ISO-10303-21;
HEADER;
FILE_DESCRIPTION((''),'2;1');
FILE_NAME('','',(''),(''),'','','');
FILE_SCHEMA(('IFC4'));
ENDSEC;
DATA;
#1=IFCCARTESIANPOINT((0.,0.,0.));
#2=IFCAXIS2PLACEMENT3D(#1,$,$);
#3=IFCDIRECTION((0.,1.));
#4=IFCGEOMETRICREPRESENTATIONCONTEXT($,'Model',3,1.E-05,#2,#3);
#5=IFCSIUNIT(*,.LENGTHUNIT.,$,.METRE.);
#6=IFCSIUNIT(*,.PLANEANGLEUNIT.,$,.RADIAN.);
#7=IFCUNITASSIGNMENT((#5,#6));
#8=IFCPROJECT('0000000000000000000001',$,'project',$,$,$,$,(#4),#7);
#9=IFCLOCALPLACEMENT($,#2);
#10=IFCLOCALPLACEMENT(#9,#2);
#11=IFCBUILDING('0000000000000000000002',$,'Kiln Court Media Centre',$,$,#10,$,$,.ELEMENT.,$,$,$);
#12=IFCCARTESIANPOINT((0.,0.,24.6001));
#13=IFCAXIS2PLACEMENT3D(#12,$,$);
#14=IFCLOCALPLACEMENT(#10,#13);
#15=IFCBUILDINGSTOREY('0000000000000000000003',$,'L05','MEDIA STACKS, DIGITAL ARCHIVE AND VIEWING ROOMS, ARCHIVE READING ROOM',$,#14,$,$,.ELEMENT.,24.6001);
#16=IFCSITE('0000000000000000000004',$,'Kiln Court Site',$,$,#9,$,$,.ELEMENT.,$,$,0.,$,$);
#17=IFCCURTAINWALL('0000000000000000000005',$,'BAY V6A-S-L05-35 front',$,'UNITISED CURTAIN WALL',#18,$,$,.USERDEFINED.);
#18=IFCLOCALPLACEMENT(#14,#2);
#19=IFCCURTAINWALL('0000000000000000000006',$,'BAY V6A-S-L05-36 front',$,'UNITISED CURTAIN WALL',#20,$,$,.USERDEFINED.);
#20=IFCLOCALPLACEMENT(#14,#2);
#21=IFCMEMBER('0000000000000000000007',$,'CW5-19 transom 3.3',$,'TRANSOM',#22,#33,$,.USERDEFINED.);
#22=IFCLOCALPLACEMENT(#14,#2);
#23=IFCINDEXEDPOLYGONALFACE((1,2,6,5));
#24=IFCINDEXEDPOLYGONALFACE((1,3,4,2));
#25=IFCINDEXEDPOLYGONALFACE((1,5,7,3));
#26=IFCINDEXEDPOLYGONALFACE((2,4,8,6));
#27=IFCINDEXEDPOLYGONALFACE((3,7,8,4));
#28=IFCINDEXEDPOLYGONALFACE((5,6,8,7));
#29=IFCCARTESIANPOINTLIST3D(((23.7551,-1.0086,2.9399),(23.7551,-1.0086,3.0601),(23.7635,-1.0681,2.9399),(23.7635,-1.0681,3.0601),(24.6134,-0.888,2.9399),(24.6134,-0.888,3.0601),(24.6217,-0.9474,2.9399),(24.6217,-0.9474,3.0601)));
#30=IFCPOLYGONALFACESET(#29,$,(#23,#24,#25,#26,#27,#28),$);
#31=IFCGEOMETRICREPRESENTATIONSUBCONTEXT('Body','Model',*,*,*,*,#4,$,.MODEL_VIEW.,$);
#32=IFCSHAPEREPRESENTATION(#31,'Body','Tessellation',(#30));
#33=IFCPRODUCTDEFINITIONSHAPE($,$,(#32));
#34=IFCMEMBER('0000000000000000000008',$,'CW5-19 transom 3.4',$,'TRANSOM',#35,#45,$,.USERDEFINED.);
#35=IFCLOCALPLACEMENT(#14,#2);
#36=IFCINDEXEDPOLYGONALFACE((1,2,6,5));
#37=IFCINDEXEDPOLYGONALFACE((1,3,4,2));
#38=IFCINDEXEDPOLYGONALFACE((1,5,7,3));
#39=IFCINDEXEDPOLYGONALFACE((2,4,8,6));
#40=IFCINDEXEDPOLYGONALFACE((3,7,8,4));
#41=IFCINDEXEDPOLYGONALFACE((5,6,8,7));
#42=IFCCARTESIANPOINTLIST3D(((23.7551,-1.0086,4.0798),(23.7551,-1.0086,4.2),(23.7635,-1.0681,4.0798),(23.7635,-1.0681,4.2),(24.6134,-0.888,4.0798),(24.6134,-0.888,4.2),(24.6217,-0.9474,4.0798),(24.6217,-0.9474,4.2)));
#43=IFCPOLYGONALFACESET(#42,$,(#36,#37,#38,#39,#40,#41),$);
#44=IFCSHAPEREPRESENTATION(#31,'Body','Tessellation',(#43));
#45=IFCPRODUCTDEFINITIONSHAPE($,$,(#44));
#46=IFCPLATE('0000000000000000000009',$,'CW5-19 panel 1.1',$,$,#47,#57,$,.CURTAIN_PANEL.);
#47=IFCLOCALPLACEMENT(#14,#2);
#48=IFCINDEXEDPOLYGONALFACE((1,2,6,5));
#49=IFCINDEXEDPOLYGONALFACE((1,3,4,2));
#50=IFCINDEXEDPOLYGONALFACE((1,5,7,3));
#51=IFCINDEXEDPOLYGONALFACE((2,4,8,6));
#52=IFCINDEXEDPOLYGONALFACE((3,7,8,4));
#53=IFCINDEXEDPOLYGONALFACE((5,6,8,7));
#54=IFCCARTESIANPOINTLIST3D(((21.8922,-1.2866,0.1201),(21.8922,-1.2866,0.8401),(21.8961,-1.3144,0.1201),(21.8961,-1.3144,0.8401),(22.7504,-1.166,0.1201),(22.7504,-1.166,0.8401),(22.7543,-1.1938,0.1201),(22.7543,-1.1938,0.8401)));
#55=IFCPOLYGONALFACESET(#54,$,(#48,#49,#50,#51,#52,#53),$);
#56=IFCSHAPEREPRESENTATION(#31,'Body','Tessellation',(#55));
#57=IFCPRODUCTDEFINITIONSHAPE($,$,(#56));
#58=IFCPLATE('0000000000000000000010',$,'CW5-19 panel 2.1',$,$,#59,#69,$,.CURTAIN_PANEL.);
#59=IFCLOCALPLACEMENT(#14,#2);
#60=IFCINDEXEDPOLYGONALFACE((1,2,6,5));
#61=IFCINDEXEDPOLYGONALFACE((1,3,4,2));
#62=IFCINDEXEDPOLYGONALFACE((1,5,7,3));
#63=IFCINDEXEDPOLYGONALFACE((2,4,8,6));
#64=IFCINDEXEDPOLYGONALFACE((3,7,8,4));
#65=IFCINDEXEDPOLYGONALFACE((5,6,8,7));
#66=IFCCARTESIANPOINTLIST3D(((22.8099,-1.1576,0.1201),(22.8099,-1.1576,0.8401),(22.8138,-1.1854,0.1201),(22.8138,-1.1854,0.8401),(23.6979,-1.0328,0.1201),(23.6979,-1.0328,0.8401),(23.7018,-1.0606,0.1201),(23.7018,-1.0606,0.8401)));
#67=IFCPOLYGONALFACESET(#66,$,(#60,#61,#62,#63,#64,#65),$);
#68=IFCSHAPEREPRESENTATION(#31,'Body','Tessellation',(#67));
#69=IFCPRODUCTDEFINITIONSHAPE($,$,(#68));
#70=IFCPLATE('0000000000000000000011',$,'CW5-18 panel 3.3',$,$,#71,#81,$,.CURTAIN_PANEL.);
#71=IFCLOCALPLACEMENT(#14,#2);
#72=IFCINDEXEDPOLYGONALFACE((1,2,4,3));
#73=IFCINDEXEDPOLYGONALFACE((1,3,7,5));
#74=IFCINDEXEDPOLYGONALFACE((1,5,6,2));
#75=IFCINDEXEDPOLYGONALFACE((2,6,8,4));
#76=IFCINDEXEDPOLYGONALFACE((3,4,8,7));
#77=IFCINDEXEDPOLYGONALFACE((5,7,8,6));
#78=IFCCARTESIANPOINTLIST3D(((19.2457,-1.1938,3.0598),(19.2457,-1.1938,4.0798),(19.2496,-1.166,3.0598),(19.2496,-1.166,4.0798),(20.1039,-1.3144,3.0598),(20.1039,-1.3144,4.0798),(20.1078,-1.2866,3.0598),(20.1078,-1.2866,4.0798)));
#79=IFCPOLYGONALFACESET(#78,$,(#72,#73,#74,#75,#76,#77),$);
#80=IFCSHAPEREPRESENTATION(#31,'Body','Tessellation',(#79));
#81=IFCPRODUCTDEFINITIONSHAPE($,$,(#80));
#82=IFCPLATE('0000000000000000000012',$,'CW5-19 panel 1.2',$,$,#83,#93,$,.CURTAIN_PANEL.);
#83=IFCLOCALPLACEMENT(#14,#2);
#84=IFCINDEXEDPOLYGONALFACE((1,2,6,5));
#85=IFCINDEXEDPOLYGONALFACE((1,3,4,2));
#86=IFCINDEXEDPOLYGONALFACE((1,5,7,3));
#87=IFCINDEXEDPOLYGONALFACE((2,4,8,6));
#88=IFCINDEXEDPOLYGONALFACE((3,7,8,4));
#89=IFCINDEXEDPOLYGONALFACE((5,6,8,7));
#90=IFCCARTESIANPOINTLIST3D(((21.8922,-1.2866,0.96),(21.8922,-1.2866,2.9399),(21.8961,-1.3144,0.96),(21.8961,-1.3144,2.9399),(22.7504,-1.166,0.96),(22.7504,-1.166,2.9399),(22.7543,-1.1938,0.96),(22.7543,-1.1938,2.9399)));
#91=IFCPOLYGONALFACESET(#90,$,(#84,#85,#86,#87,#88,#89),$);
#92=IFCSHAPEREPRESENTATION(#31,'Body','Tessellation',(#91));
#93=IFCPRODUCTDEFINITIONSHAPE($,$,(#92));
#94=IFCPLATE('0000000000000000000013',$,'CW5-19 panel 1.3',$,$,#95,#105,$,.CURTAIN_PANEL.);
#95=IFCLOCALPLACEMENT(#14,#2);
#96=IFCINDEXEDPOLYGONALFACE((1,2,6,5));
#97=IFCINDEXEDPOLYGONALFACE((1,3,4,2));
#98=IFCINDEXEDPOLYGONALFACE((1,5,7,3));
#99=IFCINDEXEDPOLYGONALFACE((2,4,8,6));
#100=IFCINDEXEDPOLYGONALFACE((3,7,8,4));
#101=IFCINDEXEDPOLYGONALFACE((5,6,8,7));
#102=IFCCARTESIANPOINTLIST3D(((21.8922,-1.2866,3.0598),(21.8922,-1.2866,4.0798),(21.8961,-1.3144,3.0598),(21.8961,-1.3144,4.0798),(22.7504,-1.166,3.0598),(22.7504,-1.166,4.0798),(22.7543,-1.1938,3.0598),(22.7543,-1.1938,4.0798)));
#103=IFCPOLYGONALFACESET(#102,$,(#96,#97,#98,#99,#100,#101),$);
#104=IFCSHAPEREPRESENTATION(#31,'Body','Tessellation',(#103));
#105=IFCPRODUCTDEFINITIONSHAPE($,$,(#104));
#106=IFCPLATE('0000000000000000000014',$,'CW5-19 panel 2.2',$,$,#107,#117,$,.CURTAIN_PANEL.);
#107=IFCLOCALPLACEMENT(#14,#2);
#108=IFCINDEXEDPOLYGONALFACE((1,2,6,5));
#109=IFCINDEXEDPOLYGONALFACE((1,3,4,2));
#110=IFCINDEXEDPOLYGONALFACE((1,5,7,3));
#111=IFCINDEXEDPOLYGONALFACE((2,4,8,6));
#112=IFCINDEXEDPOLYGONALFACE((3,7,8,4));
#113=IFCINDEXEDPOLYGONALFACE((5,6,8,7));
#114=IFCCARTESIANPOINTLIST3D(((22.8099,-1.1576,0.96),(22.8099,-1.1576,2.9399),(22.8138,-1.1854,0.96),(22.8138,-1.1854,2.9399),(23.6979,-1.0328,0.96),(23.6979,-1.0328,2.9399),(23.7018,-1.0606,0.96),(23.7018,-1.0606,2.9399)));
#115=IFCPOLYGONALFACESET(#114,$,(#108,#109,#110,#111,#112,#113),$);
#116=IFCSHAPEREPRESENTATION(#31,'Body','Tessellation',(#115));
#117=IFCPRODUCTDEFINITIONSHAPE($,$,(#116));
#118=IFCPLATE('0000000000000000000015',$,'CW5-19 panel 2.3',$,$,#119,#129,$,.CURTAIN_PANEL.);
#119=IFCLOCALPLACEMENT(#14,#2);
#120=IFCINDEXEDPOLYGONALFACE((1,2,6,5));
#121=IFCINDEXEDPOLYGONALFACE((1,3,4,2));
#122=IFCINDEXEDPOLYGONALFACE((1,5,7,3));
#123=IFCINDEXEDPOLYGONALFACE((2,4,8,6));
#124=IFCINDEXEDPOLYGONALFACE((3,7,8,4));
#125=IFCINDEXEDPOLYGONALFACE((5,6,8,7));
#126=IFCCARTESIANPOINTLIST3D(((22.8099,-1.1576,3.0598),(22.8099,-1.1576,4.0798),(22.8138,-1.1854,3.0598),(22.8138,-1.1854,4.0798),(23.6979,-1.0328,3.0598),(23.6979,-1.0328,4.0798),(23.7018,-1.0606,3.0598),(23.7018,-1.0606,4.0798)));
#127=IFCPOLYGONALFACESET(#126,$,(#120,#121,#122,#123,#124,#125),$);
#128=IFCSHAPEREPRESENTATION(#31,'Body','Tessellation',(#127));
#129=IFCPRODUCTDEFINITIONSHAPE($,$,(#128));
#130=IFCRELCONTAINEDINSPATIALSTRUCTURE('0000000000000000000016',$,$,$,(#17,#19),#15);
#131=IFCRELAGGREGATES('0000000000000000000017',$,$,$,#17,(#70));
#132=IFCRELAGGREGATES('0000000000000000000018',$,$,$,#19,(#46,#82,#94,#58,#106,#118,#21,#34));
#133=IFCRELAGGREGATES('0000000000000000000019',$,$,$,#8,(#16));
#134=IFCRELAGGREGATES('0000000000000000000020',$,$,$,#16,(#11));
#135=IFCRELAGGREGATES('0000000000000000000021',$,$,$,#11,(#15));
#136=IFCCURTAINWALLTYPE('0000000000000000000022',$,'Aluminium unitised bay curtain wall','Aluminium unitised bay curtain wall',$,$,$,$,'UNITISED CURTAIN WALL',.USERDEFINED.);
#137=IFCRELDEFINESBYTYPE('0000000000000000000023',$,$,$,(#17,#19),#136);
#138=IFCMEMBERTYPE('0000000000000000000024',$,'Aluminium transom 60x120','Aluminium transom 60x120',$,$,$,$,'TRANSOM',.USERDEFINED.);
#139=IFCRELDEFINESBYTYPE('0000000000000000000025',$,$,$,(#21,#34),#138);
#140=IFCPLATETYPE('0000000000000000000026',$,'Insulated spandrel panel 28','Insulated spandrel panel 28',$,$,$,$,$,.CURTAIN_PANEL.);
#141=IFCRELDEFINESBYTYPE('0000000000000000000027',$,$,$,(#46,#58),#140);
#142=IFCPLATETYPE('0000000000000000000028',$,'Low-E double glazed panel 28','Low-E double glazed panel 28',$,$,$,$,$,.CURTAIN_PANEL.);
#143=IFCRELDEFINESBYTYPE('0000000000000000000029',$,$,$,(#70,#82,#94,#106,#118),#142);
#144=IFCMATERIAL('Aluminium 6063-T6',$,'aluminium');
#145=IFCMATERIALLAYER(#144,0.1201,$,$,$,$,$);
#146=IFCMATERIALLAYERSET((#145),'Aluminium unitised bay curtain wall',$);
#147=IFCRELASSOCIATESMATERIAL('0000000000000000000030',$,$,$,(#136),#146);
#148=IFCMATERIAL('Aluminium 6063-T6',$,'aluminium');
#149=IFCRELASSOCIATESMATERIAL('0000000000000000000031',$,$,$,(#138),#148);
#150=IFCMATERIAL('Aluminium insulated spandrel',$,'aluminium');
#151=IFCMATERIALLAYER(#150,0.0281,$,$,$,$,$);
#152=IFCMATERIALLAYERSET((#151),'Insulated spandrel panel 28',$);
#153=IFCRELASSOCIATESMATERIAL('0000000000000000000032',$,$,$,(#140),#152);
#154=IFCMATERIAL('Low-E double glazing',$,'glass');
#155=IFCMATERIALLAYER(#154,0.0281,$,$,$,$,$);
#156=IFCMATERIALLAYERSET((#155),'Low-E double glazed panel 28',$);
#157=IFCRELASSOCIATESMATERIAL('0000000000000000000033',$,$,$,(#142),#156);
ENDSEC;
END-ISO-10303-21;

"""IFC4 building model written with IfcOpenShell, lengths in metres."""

from ifc_helpers import new_model, si_unit, direction, frame, origin, origin_2d, place, context, subcontext, project, spatial, rectangle, extrude, material, layer, layer_set, material_profile, profile_set, type_object, element, aggregate, save


model = new_model("IFC4")

# Units and contexts
model_context = context("Model", 3, precision=1e-05, world=origin(), true_north=direction((0.0, 1.0)))
body_context = subcontext(model_context, "Body", "Model", "MODEL_VIEW")
ifc_project = project(units=[si_unit("LENGTHUNIT", "METRE"), si_unit("PLANEANGLEUNIT", "RADIAN")], contexts=[model_context])

# Site, building, storey
site_placement = place(None, origin())
site = spatial("IfcSite", under=ifc_project, at=site_placement, Name="Kiln Court Site", CompositionType="ELEMENT", RefElevation=0.0)
building_placement = place(site_placement, origin())
building = spatial("IfcBuilding", under=site, at=building_placement, Name="Kiln Court Media Centre", CompositionType="ELEMENT")
storey_placement = place(building_placement, frame((0.0, 0.0, 24.6001)))
storey = spatial("IfcBuildingStorey", under=building, at=storey_placement, Name="L05", Description="MEDIA STACKS, DIGITAL ARCHIVE AND VIEWING ROOMS, ARCHIVE READING ROOM", CompositionType="ELEMENT", Elevation=24.6001)

# Curtain wall
ifc_material_1 = material(Name="Aluminium 6063-T6", Category="aluminium")
ifc_layer_1 = layer(ifc_material_1, 0.1201)
ifc_layer_set_1 = layer_set([ifc_layer_1], Name="Aluminium unitised bay curtain wall")
curtain_wall_type = type_object("IfcCurtainWallType", Name="Aluminium unitised bay curtain wall", Description="Aluminium unitised bay curtain wall", ElementType="UNITISED CURTAIN WALL", PredefinedType="USERDEFINED", material=ifc_layer_set_1)
curtain_wall_1_placement = place(storey_placement, origin())
curtain_wall_1 = element("IfcCurtainWall", 1, at=curtain_wall_1_placement, inside=storey, type_object=curtain_wall_type, Name="BAY V6A-S-L05-35 front", ObjectType="UNITISED CURTAIN WALL", PredefinedType="USERDEFINED")

# Curtain wall, members, plates
curtain_wall_2_placement = place(storey_placement, origin())
curtain_wall_2 = element("IfcCurtainWall", 2, at=curtain_wall_2_placement, inside=storey, type_object=curtain_wall_type, Name="BAY V6A-S-L05-36 front", ObjectType="UNITISED CURTAIN WALL", PredefinedType="USERDEFINED")
ifc_material_2 = material(Name="Aluminium 6063-T6", Category="aluminium")
ifc_material_profile_1 = material_profile(ifc_material_2, rectangle(XDim=0.0601, YDim=0.1201, at=origin_2d()), Name="Aluminium transom 60x120")
ifc_profile_set_1 = profile_set([ifc_material_profile_1], Name="Aluminium 6063-T6")
member_type_1 = type_object("IfcMemberType", Name="Aluminium transom 60x120", Description="Aluminium transom 60x120", ElementType="TRANSOM", PredefinedType="USERDEFINED", material=ifc_profile_set_1)
member_1_placement = place(storey_placement, frame((23.7593, -1.0383, 3.0), z_axis=(0.990268, 0.139173, 0.0), x_axis=(-0.139173, 0.990268, 0.0)))
member_1 = element("IfcMember", 3, at=member_1_placement, type_object=member_type_1, Name="CW5-19 transom 3.3", ObjectType="TRANSOM", PredefinedType="USERDEFINED", context=body_context, shape_type="SweptSolid", body=[
    extrude(rectangle(XDim=0.0601, YDim=0.1201, at=origin_2d()), origin(), (0.0, 0.0, 1.0), 0.8667),
])
member_2_placement = place(storey_placement, frame((23.7593, -1.0383, 4.1399), z_axis=(0.990268, 0.139173, 0.0), x_axis=(-0.139173, 0.990268, 0.0)))
member_2 = element("IfcMember", 4, at=member_2_placement, type_object=member_type_1, Name="CW5-19 transom 3.4", ObjectType="TRANSOM", PredefinedType="USERDEFINED", context=body_context, shape_type="SweptSolid", body=[
    extrude(rectangle(XDim=0.0601, YDim=0.1201, at=origin_2d()), origin(), (0.0, 0.0, 1.0), 0.8667),
])
ifc_material_3 = material(Name="Aluminium insulated spandrel", Category="aluminium")
ifc_layer_2 = layer(ifc_material_3, 0.0281)
ifc_layer_set_2 = layer_set([ifc_layer_2], Name="Insulated spandrel panel 28")
plate_type_1 = type_object("IfcPlateType", Name="Insulated spandrel panel 28", Description="Insulated spandrel panel 28", PredefinedType="CURTAIN_PANEL", material=ifc_layer_set_2)
plate_1_placement = place(storey_placement, frame((22.3232, -1.2402, 0.1201), z_axis=(0.0, 0.0, 1.0), x_axis=(0.99027, 0.139162, 0.0)))
plate_1 = element("IfcPlate", 5, at=plate_1_placement, type_object=plate_type_1, Name="CW5-19 panel 1.1", PredefinedType="CURTAIN_PANEL", context=body_context, shape_type="SweptSolid", body=[
    extrude(rectangle(XDim=0.8667, YDim=0.0281, at=origin_2d()), origin(), (0.0, 0.0, 1.0), 0.72),
])
plate_2_placement = place(storey_placement, frame((23.2559, -1.1091, 0.1201), z_axis=(0.0, 0.0, 1.0), x_axis=(0.99027, 0.139162, 0.0)))
plate_2 = element("IfcPlate", 6, at=plate_2_placement, type_object=plate_type_1, Name="CW5-19 panel 2.1", PredefinedType="CURTAIN_PANEL", context=body_context, shape_type="SweptSolid", body=[
    extrude(rectangle(XDim=0.8967, YDim=0.0281, at=origin_2d()), origin(), (0.0, 0.0, 1.0), 0.72),
])

# Plates
ifc_material_4 = material(Name="Low-E double glazing", Category="glass")
ifc_layer_3 = layer(ifc_material_4, 0.0281)
ifc_layer_set_3 = layer_set([ifc_layer_3], Name="Low-E double glazed panel 28")
plate_type_2 = type_object("IfcPlateType", Name="Low-E double glazed panel 28", Description="Low-E double glazed panel 28", PredefinedType="CURTAIN_PANEL", material=ifc_layer_set_3)
plate_3_placement = place(storey_placement, frame((19.6768, -1.2402, 3.0598), z_axis=(0.0, 0.0, 1.0), x_axis=(0.99027, -0.139162, 0.0)))
plate_3 = element("IfcPlate", 7, at=plate_3_placement, type_object=plate_type_2, Name="CW5-18 panel 3.3", PredefinedType="CURTAIN_PANEL", context=body_context, shape_type="SweptSolid", body=[
    extrude(rectangle(XDim=0.8667, YDim=0.0281, at=origin_2d()), origin(), (0.0, 0.0, 1.0), 1.02),
])
aggregate(curtain_wall_1, [plate_3])
plate_4_placement = place(storey_placement, frame((22.3232, -1.2402, 0.96), z_axis=(0.0, 0.0, 1.0), x_axis=(0.99027, 0.139162, 0.0)))
plate_4 = element("IfcPlate", 8, at=plate_4_placement, type_object=plate_type_2, Name="CW5-19 panel 1.2", PredefinedType="CURTAIN_PANEL", context=body_context, shape_type="SweptSolid", body=[
    extrude(rectangle(XDim=0.8667, YDim=0.0281, at=origin_2d()), origin(), (0.0, 0.0, 1.0), 1.98),
])
plate_5_placement = place(storey_placement, frame((22.3232, -1.2402, 3.0598), z_axis=(0.0, 0.0, 1.0), x_axis=(0.99027, 0.139162, 0.0)))
plate_5 = element("IfcPlate", 9, at=plate_5_placement, type_object=plate_type_2, Name="CW5-19 panel 1.3", PredefinedType="CURTAIN_PANEL", context=body_context, shape_type="SweptSolid", body=[
    extrude(rectangle(XDim=0.8667, YDim=0.0281, at=origin_2d()), origin(), (0.0, 0.0, 1.0), 1.02),
])
plate_6_placement = place(storey_placement, frame((23.2559, -1.1091, 0.96), z_axis=(0.0, 0.0, 1.0), x_axis=(0.99027, 0.139162, 0.0)))
plate_6 = element("IfcPlate", 10, at=plate_6_placement, type_object=plate_type_2, Name="CW5-19 panel 2.2", PredefinedType="CURTAIN_PANEL", context=body_context, shape_type="SweptSolid", body=[
    extrude(rectangle(XDim=0.8967, YDim=0.0281, at=origin_2d()), origin(), (0.0, 0.0, 1.0), 1.98),
])
plate_7_placement = place(storey_placement, frame((23.2559, -1.1091, 3.0598), z_axis=(0.0, 0.0, 1.0), x_axis=(0.99027, 0.139162, 0.0)))
plate_7 = element("IfcPlate", 11, at=plate_7_placement, type_object=plate_type_2, Name="CW5-19 panel 2.3", PredefinedType="CURTAIN_PANEL", context=body_context, shape_type="SweptSolid", body=[
    extrude(rectangle(XDim=0.8967, YDim=0.0281, at=origin_2d()), origin(), (0.0, 0.0, 1.0), 1.02),
])
aggregate(curtain_wall_2, [plate_1, plate_4, plate_5, plate_2, plate_6, plate_7, member_1, member_2])

save(model, "model.ifc")
